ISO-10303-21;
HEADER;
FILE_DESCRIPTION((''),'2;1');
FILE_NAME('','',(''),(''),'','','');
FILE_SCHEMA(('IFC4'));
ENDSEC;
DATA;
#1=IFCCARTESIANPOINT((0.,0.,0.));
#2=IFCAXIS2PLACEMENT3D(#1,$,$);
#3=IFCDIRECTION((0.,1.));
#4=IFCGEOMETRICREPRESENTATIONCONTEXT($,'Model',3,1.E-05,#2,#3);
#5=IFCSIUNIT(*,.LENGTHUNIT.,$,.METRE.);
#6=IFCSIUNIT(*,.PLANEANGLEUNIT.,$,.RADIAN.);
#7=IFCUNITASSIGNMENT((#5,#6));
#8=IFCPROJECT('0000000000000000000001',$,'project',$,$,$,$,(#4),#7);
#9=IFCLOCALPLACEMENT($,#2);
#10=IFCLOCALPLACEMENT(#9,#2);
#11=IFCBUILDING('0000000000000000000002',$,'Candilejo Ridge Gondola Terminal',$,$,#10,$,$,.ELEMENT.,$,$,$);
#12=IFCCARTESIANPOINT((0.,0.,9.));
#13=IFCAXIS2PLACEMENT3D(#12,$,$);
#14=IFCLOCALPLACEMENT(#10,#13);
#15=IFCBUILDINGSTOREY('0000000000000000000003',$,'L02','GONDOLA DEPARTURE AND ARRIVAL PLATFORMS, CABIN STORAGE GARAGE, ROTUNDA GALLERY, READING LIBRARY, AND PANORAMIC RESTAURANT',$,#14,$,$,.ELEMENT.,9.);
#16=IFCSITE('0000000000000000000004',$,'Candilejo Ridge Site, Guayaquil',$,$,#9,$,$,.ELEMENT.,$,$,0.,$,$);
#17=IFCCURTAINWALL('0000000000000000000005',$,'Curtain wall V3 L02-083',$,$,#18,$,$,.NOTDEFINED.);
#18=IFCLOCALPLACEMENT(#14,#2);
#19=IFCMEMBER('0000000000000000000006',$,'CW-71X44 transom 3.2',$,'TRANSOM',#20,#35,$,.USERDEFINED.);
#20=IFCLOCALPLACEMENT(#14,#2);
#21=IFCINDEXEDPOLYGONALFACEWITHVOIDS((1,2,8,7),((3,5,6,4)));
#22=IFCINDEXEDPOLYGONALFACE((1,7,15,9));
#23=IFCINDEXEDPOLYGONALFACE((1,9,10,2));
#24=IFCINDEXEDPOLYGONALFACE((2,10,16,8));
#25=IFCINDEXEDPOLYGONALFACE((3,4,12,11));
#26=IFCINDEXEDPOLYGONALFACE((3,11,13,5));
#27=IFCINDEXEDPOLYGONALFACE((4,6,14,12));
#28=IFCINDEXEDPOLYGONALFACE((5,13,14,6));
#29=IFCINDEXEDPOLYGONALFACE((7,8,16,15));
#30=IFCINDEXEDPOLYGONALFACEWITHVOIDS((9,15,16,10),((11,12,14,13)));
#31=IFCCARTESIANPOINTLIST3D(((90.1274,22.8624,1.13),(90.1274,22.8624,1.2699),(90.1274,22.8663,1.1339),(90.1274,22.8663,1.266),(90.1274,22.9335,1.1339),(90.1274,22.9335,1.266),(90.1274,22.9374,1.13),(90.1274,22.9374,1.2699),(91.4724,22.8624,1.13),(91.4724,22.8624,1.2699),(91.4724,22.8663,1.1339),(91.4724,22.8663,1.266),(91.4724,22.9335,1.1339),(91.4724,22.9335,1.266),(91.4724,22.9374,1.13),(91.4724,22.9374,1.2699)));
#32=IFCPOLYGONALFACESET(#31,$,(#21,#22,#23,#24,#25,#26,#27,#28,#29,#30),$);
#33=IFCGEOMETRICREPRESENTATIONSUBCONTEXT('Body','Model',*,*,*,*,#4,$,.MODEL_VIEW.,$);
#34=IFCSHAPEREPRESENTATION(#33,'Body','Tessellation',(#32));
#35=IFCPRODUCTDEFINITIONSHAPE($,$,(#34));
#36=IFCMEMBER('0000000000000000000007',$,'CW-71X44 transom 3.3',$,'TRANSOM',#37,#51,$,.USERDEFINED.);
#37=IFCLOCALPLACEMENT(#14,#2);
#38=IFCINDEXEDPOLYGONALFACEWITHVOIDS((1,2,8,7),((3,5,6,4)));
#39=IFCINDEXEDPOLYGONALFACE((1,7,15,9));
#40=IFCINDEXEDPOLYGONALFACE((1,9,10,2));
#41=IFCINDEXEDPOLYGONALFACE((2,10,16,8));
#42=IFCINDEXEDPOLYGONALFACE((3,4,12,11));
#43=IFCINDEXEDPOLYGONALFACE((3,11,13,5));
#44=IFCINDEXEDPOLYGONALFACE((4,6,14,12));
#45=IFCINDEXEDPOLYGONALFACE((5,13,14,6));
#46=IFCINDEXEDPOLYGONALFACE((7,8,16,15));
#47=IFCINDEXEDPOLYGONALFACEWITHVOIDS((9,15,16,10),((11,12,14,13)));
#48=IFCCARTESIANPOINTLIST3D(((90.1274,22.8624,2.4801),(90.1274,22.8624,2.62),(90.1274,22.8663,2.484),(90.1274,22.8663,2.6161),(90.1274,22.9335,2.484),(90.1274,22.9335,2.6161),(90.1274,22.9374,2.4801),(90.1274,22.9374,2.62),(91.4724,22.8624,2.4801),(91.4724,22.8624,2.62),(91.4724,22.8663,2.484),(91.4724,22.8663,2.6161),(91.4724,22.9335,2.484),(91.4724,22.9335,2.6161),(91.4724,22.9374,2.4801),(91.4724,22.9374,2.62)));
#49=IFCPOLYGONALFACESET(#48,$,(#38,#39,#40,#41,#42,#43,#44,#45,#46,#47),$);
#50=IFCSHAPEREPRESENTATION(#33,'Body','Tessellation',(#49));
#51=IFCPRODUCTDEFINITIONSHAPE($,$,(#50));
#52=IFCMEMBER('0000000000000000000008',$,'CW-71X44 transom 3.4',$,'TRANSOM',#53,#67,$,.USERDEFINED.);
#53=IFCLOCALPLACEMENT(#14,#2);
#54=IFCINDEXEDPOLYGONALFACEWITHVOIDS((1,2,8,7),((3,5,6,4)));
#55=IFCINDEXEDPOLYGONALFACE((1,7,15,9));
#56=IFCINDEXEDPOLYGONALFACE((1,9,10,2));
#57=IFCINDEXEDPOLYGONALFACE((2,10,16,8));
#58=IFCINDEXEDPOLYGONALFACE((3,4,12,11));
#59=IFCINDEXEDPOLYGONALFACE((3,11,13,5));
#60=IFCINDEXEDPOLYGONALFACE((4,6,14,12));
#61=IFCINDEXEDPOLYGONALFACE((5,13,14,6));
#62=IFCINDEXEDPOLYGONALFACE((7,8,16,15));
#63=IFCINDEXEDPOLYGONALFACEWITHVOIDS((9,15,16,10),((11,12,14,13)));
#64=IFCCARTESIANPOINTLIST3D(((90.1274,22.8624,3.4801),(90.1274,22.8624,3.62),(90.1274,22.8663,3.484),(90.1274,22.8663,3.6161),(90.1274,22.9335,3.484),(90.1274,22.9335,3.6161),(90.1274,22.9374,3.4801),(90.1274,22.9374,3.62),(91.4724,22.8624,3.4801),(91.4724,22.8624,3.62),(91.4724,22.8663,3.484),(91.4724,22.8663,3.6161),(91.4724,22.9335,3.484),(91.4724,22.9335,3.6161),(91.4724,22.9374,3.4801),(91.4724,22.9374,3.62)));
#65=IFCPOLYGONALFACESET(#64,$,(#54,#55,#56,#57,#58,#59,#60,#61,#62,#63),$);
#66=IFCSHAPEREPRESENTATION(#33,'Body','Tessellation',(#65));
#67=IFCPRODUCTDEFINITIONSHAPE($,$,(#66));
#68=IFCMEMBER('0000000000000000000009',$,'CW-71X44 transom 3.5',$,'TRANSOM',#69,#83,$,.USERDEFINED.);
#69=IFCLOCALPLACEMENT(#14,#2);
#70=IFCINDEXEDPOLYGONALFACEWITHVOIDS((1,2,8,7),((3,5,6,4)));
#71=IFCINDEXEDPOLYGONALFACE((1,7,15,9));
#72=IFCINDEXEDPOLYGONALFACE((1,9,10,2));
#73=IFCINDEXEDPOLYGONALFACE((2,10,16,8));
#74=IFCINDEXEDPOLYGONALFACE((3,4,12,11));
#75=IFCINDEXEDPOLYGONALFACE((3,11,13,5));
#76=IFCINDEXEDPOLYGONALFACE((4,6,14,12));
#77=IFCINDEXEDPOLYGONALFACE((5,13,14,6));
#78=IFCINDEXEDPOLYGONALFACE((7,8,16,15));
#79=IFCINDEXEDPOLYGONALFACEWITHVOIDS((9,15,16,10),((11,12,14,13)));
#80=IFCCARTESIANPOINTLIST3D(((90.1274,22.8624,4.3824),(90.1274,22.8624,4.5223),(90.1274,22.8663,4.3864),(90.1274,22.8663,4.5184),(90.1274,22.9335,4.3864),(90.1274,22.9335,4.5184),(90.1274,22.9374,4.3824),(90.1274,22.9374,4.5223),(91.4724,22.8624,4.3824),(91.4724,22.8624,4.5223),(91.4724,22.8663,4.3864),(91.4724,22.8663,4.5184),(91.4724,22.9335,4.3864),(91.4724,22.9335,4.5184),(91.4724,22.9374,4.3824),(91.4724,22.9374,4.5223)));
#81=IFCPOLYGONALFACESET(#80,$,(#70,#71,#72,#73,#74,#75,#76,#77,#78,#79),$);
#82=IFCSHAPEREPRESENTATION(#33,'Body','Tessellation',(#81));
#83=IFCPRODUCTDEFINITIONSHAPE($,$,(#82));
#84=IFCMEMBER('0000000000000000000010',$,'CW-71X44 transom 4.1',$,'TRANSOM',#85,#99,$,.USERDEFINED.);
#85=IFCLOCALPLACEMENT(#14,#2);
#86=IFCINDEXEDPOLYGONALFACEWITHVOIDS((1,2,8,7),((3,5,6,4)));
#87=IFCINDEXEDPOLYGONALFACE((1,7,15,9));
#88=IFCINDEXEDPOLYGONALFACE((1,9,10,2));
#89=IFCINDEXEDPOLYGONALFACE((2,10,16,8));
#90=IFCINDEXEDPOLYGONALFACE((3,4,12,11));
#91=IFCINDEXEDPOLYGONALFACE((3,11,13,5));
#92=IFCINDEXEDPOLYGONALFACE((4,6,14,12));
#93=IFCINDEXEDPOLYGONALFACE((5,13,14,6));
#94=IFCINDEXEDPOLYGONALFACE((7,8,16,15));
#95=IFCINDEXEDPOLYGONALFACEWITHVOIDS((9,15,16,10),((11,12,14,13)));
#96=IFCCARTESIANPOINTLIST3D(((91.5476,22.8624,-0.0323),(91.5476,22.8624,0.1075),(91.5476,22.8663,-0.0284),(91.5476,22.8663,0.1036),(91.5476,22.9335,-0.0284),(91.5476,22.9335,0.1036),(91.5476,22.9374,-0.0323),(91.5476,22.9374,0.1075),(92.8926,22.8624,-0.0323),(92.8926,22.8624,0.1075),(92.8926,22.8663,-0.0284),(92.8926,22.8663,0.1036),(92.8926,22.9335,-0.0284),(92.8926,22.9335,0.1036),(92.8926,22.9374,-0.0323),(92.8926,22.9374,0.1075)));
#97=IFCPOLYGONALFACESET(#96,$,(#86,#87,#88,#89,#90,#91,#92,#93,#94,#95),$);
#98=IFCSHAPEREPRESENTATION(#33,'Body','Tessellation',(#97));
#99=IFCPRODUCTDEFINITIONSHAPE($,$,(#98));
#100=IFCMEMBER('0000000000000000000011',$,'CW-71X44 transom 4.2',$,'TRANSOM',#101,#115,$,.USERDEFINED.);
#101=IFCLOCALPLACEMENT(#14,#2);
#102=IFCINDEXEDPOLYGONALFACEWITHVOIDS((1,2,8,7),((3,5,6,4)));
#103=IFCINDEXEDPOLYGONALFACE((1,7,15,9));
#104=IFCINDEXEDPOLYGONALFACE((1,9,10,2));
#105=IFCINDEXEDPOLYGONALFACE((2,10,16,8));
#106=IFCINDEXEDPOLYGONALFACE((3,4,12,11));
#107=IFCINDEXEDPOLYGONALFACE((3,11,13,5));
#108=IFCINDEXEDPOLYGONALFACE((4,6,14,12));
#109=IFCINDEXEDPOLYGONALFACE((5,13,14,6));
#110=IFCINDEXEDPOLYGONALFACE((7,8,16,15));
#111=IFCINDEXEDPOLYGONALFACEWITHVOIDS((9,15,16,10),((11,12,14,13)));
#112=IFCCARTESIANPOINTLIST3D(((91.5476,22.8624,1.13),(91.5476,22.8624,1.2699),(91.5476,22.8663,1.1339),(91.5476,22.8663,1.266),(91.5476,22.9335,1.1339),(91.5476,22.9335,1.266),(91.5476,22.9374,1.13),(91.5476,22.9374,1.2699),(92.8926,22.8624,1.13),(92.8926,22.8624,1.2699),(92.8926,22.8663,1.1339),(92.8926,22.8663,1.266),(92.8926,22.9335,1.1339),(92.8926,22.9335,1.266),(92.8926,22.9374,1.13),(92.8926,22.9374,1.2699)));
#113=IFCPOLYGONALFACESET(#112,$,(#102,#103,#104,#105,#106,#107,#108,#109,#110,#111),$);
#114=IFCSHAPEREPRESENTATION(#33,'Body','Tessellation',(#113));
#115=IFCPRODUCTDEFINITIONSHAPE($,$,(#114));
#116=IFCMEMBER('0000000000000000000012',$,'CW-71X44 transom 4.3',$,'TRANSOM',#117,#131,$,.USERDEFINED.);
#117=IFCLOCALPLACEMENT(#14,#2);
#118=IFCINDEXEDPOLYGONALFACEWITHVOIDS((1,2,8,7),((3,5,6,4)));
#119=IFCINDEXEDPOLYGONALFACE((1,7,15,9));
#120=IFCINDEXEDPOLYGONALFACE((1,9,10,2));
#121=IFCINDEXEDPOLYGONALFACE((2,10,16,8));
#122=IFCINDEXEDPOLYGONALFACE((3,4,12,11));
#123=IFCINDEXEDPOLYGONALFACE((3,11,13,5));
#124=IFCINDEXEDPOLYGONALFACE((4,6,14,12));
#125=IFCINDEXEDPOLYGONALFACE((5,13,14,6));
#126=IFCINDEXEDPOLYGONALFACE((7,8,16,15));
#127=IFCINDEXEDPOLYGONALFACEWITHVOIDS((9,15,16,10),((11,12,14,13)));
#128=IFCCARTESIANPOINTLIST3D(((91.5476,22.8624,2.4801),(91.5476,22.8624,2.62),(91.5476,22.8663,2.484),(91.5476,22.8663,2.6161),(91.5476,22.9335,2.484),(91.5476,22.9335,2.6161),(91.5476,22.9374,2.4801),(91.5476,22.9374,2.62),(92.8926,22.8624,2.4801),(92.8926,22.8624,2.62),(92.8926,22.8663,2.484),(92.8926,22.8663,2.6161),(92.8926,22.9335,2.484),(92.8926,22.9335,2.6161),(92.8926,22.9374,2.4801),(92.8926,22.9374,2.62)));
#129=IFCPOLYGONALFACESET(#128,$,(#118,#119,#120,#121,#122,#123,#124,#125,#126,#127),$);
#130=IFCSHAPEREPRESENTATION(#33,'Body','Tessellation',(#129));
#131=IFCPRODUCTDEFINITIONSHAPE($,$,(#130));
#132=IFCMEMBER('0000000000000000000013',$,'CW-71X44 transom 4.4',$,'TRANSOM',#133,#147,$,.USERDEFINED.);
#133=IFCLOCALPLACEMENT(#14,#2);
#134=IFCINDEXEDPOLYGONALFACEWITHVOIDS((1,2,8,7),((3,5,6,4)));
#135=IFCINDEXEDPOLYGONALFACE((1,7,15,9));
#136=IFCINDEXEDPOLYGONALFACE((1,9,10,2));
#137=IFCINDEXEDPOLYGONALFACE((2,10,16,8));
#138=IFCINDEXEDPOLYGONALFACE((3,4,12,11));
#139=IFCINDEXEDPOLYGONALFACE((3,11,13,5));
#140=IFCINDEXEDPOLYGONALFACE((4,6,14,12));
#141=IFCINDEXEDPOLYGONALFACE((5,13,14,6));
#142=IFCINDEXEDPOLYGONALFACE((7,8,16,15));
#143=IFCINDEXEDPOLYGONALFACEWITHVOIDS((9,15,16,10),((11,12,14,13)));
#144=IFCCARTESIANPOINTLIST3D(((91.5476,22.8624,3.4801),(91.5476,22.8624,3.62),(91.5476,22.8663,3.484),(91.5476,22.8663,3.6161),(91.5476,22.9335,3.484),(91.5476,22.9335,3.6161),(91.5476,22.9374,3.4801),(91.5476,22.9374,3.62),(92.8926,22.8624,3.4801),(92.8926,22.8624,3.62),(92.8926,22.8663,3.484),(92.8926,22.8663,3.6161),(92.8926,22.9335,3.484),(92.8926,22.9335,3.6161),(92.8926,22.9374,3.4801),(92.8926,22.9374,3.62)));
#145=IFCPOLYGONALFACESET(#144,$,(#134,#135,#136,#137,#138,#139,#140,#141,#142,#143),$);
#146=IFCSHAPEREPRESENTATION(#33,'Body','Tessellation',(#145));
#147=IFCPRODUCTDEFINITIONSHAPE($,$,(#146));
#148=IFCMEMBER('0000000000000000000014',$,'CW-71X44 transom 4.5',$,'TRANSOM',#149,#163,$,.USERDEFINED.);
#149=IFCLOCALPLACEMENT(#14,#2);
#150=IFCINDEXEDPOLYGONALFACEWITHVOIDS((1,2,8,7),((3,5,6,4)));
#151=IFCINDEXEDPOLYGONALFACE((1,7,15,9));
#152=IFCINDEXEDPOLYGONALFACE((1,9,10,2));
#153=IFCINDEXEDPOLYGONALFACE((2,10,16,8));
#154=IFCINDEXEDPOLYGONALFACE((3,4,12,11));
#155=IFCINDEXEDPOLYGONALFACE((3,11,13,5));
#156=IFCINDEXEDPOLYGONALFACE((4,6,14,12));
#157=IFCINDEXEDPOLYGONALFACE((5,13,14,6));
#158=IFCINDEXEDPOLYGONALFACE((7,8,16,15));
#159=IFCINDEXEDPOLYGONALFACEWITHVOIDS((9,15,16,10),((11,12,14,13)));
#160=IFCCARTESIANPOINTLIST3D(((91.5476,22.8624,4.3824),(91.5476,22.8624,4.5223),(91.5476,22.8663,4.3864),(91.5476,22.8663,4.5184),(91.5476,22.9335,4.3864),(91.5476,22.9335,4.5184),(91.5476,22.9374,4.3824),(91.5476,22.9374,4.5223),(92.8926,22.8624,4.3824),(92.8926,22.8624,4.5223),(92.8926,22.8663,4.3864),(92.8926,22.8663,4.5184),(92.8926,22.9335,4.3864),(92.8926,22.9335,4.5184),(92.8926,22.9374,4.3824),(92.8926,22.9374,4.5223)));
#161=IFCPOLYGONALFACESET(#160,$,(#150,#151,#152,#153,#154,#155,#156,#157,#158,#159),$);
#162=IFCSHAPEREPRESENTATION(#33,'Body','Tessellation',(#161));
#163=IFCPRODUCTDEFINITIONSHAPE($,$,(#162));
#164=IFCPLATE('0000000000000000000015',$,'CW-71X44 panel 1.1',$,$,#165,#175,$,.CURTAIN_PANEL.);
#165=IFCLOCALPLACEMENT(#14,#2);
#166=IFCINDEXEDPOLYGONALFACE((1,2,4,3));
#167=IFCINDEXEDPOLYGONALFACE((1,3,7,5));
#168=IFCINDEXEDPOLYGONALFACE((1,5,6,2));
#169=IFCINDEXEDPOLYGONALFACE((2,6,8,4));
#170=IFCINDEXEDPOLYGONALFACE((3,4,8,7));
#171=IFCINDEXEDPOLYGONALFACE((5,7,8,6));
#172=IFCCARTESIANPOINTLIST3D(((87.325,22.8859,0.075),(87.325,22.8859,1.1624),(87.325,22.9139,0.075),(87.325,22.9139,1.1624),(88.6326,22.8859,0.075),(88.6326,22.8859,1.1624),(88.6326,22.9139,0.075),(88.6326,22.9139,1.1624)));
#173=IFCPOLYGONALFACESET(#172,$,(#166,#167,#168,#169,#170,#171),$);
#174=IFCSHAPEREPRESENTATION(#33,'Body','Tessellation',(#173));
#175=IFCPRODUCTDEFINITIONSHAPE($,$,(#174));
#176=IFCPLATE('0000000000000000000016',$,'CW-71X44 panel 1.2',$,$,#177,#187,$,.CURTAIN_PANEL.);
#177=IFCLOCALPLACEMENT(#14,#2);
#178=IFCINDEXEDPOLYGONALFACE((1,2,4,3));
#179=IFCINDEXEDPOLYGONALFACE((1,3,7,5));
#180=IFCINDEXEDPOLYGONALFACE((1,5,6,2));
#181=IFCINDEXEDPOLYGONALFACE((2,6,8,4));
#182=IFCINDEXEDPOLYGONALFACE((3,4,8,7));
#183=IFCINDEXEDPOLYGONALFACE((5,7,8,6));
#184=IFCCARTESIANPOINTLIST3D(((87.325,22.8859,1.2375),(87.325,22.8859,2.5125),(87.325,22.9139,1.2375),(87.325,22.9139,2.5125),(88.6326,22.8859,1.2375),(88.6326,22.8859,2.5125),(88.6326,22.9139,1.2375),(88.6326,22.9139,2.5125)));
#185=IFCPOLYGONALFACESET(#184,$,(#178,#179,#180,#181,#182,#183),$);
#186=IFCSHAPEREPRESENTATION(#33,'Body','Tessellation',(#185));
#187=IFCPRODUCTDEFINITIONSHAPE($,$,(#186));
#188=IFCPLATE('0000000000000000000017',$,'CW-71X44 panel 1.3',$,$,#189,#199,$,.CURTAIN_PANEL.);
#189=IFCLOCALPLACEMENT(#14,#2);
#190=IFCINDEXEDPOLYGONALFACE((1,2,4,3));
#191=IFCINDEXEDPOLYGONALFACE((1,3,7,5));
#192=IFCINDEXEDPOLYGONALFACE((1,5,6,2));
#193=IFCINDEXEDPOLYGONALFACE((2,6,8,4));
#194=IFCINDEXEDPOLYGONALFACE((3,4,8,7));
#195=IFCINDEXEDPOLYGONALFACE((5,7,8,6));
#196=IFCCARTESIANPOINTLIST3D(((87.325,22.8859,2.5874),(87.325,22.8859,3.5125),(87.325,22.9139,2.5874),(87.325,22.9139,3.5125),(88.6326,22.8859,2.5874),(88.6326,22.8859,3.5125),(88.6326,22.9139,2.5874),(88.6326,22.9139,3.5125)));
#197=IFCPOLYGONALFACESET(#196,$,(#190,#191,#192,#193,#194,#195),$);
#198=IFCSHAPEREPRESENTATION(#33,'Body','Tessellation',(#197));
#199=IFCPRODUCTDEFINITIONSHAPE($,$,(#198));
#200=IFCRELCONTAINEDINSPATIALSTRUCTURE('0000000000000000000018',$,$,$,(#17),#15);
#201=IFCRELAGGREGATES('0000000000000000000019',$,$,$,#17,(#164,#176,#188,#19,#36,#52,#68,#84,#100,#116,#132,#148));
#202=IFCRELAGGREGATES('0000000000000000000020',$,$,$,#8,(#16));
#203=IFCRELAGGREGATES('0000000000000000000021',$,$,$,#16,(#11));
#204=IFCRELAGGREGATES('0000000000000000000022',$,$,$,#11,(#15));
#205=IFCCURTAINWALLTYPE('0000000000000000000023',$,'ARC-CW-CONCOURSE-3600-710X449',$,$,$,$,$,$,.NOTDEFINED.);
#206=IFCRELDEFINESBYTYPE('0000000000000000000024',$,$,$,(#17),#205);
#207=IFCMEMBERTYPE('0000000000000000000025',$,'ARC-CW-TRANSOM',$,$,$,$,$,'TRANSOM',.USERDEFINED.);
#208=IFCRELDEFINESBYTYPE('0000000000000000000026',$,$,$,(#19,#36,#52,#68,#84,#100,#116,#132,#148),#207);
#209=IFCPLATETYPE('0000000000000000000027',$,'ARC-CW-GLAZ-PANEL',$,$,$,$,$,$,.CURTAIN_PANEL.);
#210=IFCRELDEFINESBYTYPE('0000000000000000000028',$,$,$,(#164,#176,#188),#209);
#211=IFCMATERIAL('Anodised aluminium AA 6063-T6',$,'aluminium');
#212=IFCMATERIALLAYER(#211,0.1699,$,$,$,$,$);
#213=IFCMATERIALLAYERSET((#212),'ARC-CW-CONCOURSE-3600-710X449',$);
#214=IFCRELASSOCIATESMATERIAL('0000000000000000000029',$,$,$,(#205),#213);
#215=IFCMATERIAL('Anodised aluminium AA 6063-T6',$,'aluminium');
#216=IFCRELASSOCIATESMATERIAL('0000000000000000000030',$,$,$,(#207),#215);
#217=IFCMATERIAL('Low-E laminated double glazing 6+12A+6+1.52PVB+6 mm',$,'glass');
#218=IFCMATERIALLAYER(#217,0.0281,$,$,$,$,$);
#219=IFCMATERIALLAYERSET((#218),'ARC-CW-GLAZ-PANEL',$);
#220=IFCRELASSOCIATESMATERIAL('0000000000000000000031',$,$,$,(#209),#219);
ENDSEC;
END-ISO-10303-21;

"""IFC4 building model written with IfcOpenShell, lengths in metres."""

from ifc_helpers import new_model, si_unit, direction, frame, origin, origin_2d, place, context, subcontext, project, spatial, rectangle, hollow_rectangle, extrude, material, layer, layer_set, material_profile, profile_set, type_object, element, aggregate, save


model = new_model("IFC4")

# Units and contexts
model_context = context("Model", 3, precision=1e-05, world=origin(), true_north=direction((0.0, 1.0)))
body_context = subcontext(model_context, "Body", "Model", "MODEL_VIEW")
ifc_project = project(units=[si_unit("LENGTHUNIT", "METRE"), si_unit("PLANEANGLEUNIT", "RADIAN")], contexts=[model_context])

# Site, building, storey
site_placement = place(None, origin())
site = spatial("IfcSite", under=ifc_project, at=site_placement, Name="Candilejo Ridge Site, Guayaquil", CompositionType="ELEMENT", RefElevation=0.0)
building_placement = place(site_placement, origin())
building = spatial("IfcBuilding", under=site, at=building_placement, Name="Candilejo Ridge Gondola Terminal", CompositionType="ELEMENT")
storey_placement = place(building_placement, frame((0.0, 0.0, 9.0)))
storey = spatial("IfcBuildingStorey", under=building, at=storey_placement, Name="L02", Description="GONDOLA DEPARTURE AND ARRIVAL PLATFORMS, CABIN STORAGE GARAGE, ROTUNDA GALLERY, READING LIBRARY, AND PANORAMIC RESTAURANT", CompositionType="ELEMENT", Elevation=9.0)

# Curtain wall, members, plates
ifc_material_1 = material(Name="Anodised aluminium AA 6063-T6", Category="aluminium")
ifc_layer_1 = layer(ifc_material_1, 0.1699)
ifc_layer_set_1 = layer_set([ifc_layer_1], Name="ARC-CW-CONCOURSE-3600-710X449")
curtain_wall_type = type_object("IfcCurtainWallType", Name="ARC-CW-CONCOURSE-3600-710X449", PredefinedType="NOTDEFINED", material=ifc_layer_set_1)
curtain_wall_placement = place(storey_placement, origin())
curtain_wall = element("IfcCurtainWall", 1, at=curtain_wall_placement, inside=storey, type_object=curtain_wall_type, Name="Curtain wall V3 L02-083", PredefinedType="NOTDEFINED")
ifc_material_2 = material(Name="Anodised aluminium AA 6063-T6", Category="aluminium")
ifc_material_profile_1 = material_profile(ifc_material_2, hollow_rectangle(XDim=0.075, YDim=0.1399, WallThickness=0.0039, at=origin_2d()))
ifc_profile_set_1 = profile_set([ifc_material_profile_1], Name="Anodised aluminium AA 6063-T6")
member_type_1 = type_object("IfcMemberType", Name="ARC-CW-TRANSOM", ElementType="TRANSOM", PredefinedType="USERDEFINED", material=ifc_profile_set_1)
member_1_placement = place(storey_placement, frame((90.1274, 22.8999, 1.2), z_axis=(1.0, 0.0, 0.0), x_axis=(0.0, 1.0, 0.0)))
member_1 = element("IfcMember", 2, at=member_1_placement, type_object=member_type_1, Name="CW-71X44 transom 3.2", ObjectType="TRANSOM", PredefinedType="USERDEFINED", context=body_context, shape_type="SweptSolid", body=[
    extrude(hollow_rectangle(XDim=0.075, YDim=0.1399, WallThickness=0.0039, at=origin_2d()), origin(), (0.0, 0.0, 1.0), 1.345),
])
member_2_placement = place(storey_placement, frame((90.1274, 22.8999, 2.55), z_axis=(1.0, 0.0, 0.0), x_axis=(0.0, 1.0, 0.0)))
member_2 = element("IfcMember", 3, at=member_2_placement, type_object=member_type_1, Name="CW-71X44 transom 3.3", ObjectType="TRANSOM", PredefinedType="USERDEFINED", context=body_context, shape_type="SweptSolid", body=[
    extrude(hollow_rectangle(XDim=0.075, YDim=0.1399, WallThickness=0.0039, at=origin_2d()), origin(), (0.0, 0.0, 1.0), 1.345),
])
member_3_placement = place(storey_placement, frame((90.1274, 22.8999, 3.55), z_axis=(1.0, 0.0, 0.0), x_axis=(0.0, 1.0, 0.0)))
member_3 = element("IfcMember", 4, at=member_3_placement, type_object=member_type_1, Name="CW-71X44 transom 3.4", ObjectType="TRANSOM", PredefinedType="USERDEFINED", context=body_context, shape_type="SweptSolid", body=[
    extrude(hollow_rectangle(XDim=0.075, YDim=0.1399, WallThickness=0.0039, at=origin_2d()), origin(), (0.0, 0.0, 1.0), 1.345),
])
member_4_placement = place(storey_placement, frame((90.1274, 22.8999, 4.4524), z_axis=(1.0, 0.0, 0.0), x_axis=(0.0, 1.0, 0.0)))
member_4 = element("IfcMember", 5, at=member_4_placement, type_object=member_type_1, Name="CW-71X44 transom 3.5", ObjectType="TRANSOM", PredefinedType="USERDEFINED", context=body_context, shape_type="SweptSolid", body=[
    extrude(hollow_rectangle(XDim=0.075, YDim=0.1399, WallThickness=0.0039, at=origin_2d()), origin(), (0.0, 0.0, 1.0), 1.345),
])
member_5_placement = place(storey_placement, frame((91.5476, 22.8999, 0.0376), z_axis=(1.0, 0.0, 0.0), x_axis=(0.0, 1.0, 0.0)))
member_5 = element("IfcMember", 6, at=member_5_placement, type_object=member_type_1, Name="CW-71X44 transom 4.1", ObjectType="TRANSOM", PredefinedType="USERDEFINED", context=body_context, shape_type="SweptSolid", body=[
    extrude(hollow_rectangle(XDim=0.075, YDim=0.1399, WallThickness=0.0039, at=origin_2d()), origin(), (0.0, 0.0, 1.0), 1.345),
])
member_6_placement = place(storey_placement, frame((91.5476, 22.8999, 1.2), z_axis=(1.0, 0.0, 0.0), x_axis=(0.0, 1.0, 0.0)))
member_6 = element("IfcMember", 7, at=member_6_placement, type_object=member_type_1, Name="CW-71X44 transom 4.2", ObjectType="TRANSOM", PredefinedType="USERDEFINED", context=body_context, shape_type="SweptSolid", body=[
    extrude(hollow_rectangle(XDim=0.075, YDim=0.1399, WallThickness=0.0039, at=origin_2d()), origin(), (0.0, 0.0, 1.0), 1.345),
])
member_7_placement = place(storey_placement, frame((91.5476, 22.8999, 2.55), z_axis=(1.0, 0.0, 0.0), x_axis=(0.0, 1.0, 0.0)))
member_7 = element("IfcMember", 8, at=member_7_placement, type_object=member_type_1, Name="CW-71X44 transom 4.3", ObjectType="TRANSOM", PredefinedType="USERDEFINED", context=body_context, shape_type="SweptSolid", body=[
    extrude(hollow_rectangle(XDim=0.075, YDim=0.1399, WallThickness=0.0039, at=origin_2d()), origin(), (0.0, 0.0, 1.0), 1.345),
])
member_8_placement = place(storey_placement, frame((91.5476, 22.8999, 3.55), z_axis=(1.0, 0.0, 0.0), x_axis=(0.0, 1.0, 0.0)))
member_8 = element("IfcMember", 9, at=member_8_placement, type_object=member_type_1, Name="CW-71X44 transom 4.4", ObjectType="TRANSOM", PredefinedType="USERDEFINED", context=body_context, shape_type="SweptSolid", body=[
    extrude(hollow_rectangle(XDim=0.075, YDim=0.1399, WallThickness=0.0039, at=origin_2d()), origin(), (0.0, 0.0, 1.0), 1.345),
])
member_9_placement = place(storey_placement, frame((91.5476, 22.8999, 4.4524), z_axis=(1.0, 0.0, 0.0), x_axis=(0.0, 1.0, 0.0)))
member_9 = element("IfcMember", 10, at=member_9_placement, type_object=member_type_1, Name="CW-71X44 transom 4.5", ObjectType="TRANSOM", PredefinedType="USERDEFINED", context=body_context, shape_type="SweptSolid", body=[
    extrude(hollow_rectangle(XDim=0.075, YDim=0.1399, WallThickness=0.0039, at=origin_2d()), origin(), (0.0, 0.0, 1.0), 1.345),
])
ifc_material_3 = material(Name="Low-E laminated double glazing 6+12A+6+1.52PVB+6 mm", Category="glass")
ifc_layer_2 = layer(ifc_material_3, 0.0281)
ifc_layer_set_2 = layer_set([ifc_layer_2], Name="ARC-CW-GLAZ-PANEL")
plate_type_1 = type_object("IfcPlateType", Name="ARC-CW-GLAZ-PANEL", PredefinedType="CURTAIN_PANEL", material=ifc_layer_set_2)
plate_1_placement = place(storey_placement, frame((87.9788, 22.8999, 0.075), z_axis=(0.0, 0.0, 1.0), x_axis=(1.0, 0.0, 0.0)))
plate_1 = element("IfcPlate", 11, at=plate_1_placement, type_object=plate_type_1, Name="CW-71X44 panel 1.1", PredefinedType="CURTAIN_PANEL", context=body_context, shape_type="SweptSolid", body=[
    extrude(rectangle(XDim=1.3076, YDim=0.0281, at=origin_2d()), origin(), (0.0, 0.0, 1.0), 1.0874),
])
plate_2_placement = place(storey_placement, frame((87.9788, 22.8999, 1.2375), z_axis=(0.0, 0.0, 1.0), x_axis=(1.0, 0.0, 0.0)))
plate_2 = element("IfcPlate", 12, at=plate_2_placement, type_object=plate_type_1, Name="CW-71X44 panel 1.2", PredefinedType="CURTAIN_PANEL", context=body_context, shape_type="SweptSolid", body=[
    extrude(rectangle(XDim=1.3076, YDim=0.0281, at=origin_2d()), origin(), (0.0, 0.0, 1.0), 1.2749),
])
plate_3_placement = place(storey_placement, frame((87.9788, 22.8999, 2.5874), z_axis=(0.0, 0.0, 1.0), x_axis=(1.0, 0.0, 0.0)))
plate_3 = element("IfcPlate", 13, at=plate_3_placement, type_object=plate_type_1, Name="CW-71X44 panel 1.3", PredefinedType="CURTAIN_PANEL", context=body_context, shape_type="SweptSolid", body=[
    extrude(rectangle(XDim=1.3076, YDim=0.0281, at=origin_2d()), origin(), (0.0, 0.0, 1.0), 0.925),
])
aggregate(curtain_wall, [plate_1, plate_2, plate_3, member_1, member_2, member_3, member_4, member_5, member_6, member_7, member_8, member_9])

save(model, "model.ifc")
